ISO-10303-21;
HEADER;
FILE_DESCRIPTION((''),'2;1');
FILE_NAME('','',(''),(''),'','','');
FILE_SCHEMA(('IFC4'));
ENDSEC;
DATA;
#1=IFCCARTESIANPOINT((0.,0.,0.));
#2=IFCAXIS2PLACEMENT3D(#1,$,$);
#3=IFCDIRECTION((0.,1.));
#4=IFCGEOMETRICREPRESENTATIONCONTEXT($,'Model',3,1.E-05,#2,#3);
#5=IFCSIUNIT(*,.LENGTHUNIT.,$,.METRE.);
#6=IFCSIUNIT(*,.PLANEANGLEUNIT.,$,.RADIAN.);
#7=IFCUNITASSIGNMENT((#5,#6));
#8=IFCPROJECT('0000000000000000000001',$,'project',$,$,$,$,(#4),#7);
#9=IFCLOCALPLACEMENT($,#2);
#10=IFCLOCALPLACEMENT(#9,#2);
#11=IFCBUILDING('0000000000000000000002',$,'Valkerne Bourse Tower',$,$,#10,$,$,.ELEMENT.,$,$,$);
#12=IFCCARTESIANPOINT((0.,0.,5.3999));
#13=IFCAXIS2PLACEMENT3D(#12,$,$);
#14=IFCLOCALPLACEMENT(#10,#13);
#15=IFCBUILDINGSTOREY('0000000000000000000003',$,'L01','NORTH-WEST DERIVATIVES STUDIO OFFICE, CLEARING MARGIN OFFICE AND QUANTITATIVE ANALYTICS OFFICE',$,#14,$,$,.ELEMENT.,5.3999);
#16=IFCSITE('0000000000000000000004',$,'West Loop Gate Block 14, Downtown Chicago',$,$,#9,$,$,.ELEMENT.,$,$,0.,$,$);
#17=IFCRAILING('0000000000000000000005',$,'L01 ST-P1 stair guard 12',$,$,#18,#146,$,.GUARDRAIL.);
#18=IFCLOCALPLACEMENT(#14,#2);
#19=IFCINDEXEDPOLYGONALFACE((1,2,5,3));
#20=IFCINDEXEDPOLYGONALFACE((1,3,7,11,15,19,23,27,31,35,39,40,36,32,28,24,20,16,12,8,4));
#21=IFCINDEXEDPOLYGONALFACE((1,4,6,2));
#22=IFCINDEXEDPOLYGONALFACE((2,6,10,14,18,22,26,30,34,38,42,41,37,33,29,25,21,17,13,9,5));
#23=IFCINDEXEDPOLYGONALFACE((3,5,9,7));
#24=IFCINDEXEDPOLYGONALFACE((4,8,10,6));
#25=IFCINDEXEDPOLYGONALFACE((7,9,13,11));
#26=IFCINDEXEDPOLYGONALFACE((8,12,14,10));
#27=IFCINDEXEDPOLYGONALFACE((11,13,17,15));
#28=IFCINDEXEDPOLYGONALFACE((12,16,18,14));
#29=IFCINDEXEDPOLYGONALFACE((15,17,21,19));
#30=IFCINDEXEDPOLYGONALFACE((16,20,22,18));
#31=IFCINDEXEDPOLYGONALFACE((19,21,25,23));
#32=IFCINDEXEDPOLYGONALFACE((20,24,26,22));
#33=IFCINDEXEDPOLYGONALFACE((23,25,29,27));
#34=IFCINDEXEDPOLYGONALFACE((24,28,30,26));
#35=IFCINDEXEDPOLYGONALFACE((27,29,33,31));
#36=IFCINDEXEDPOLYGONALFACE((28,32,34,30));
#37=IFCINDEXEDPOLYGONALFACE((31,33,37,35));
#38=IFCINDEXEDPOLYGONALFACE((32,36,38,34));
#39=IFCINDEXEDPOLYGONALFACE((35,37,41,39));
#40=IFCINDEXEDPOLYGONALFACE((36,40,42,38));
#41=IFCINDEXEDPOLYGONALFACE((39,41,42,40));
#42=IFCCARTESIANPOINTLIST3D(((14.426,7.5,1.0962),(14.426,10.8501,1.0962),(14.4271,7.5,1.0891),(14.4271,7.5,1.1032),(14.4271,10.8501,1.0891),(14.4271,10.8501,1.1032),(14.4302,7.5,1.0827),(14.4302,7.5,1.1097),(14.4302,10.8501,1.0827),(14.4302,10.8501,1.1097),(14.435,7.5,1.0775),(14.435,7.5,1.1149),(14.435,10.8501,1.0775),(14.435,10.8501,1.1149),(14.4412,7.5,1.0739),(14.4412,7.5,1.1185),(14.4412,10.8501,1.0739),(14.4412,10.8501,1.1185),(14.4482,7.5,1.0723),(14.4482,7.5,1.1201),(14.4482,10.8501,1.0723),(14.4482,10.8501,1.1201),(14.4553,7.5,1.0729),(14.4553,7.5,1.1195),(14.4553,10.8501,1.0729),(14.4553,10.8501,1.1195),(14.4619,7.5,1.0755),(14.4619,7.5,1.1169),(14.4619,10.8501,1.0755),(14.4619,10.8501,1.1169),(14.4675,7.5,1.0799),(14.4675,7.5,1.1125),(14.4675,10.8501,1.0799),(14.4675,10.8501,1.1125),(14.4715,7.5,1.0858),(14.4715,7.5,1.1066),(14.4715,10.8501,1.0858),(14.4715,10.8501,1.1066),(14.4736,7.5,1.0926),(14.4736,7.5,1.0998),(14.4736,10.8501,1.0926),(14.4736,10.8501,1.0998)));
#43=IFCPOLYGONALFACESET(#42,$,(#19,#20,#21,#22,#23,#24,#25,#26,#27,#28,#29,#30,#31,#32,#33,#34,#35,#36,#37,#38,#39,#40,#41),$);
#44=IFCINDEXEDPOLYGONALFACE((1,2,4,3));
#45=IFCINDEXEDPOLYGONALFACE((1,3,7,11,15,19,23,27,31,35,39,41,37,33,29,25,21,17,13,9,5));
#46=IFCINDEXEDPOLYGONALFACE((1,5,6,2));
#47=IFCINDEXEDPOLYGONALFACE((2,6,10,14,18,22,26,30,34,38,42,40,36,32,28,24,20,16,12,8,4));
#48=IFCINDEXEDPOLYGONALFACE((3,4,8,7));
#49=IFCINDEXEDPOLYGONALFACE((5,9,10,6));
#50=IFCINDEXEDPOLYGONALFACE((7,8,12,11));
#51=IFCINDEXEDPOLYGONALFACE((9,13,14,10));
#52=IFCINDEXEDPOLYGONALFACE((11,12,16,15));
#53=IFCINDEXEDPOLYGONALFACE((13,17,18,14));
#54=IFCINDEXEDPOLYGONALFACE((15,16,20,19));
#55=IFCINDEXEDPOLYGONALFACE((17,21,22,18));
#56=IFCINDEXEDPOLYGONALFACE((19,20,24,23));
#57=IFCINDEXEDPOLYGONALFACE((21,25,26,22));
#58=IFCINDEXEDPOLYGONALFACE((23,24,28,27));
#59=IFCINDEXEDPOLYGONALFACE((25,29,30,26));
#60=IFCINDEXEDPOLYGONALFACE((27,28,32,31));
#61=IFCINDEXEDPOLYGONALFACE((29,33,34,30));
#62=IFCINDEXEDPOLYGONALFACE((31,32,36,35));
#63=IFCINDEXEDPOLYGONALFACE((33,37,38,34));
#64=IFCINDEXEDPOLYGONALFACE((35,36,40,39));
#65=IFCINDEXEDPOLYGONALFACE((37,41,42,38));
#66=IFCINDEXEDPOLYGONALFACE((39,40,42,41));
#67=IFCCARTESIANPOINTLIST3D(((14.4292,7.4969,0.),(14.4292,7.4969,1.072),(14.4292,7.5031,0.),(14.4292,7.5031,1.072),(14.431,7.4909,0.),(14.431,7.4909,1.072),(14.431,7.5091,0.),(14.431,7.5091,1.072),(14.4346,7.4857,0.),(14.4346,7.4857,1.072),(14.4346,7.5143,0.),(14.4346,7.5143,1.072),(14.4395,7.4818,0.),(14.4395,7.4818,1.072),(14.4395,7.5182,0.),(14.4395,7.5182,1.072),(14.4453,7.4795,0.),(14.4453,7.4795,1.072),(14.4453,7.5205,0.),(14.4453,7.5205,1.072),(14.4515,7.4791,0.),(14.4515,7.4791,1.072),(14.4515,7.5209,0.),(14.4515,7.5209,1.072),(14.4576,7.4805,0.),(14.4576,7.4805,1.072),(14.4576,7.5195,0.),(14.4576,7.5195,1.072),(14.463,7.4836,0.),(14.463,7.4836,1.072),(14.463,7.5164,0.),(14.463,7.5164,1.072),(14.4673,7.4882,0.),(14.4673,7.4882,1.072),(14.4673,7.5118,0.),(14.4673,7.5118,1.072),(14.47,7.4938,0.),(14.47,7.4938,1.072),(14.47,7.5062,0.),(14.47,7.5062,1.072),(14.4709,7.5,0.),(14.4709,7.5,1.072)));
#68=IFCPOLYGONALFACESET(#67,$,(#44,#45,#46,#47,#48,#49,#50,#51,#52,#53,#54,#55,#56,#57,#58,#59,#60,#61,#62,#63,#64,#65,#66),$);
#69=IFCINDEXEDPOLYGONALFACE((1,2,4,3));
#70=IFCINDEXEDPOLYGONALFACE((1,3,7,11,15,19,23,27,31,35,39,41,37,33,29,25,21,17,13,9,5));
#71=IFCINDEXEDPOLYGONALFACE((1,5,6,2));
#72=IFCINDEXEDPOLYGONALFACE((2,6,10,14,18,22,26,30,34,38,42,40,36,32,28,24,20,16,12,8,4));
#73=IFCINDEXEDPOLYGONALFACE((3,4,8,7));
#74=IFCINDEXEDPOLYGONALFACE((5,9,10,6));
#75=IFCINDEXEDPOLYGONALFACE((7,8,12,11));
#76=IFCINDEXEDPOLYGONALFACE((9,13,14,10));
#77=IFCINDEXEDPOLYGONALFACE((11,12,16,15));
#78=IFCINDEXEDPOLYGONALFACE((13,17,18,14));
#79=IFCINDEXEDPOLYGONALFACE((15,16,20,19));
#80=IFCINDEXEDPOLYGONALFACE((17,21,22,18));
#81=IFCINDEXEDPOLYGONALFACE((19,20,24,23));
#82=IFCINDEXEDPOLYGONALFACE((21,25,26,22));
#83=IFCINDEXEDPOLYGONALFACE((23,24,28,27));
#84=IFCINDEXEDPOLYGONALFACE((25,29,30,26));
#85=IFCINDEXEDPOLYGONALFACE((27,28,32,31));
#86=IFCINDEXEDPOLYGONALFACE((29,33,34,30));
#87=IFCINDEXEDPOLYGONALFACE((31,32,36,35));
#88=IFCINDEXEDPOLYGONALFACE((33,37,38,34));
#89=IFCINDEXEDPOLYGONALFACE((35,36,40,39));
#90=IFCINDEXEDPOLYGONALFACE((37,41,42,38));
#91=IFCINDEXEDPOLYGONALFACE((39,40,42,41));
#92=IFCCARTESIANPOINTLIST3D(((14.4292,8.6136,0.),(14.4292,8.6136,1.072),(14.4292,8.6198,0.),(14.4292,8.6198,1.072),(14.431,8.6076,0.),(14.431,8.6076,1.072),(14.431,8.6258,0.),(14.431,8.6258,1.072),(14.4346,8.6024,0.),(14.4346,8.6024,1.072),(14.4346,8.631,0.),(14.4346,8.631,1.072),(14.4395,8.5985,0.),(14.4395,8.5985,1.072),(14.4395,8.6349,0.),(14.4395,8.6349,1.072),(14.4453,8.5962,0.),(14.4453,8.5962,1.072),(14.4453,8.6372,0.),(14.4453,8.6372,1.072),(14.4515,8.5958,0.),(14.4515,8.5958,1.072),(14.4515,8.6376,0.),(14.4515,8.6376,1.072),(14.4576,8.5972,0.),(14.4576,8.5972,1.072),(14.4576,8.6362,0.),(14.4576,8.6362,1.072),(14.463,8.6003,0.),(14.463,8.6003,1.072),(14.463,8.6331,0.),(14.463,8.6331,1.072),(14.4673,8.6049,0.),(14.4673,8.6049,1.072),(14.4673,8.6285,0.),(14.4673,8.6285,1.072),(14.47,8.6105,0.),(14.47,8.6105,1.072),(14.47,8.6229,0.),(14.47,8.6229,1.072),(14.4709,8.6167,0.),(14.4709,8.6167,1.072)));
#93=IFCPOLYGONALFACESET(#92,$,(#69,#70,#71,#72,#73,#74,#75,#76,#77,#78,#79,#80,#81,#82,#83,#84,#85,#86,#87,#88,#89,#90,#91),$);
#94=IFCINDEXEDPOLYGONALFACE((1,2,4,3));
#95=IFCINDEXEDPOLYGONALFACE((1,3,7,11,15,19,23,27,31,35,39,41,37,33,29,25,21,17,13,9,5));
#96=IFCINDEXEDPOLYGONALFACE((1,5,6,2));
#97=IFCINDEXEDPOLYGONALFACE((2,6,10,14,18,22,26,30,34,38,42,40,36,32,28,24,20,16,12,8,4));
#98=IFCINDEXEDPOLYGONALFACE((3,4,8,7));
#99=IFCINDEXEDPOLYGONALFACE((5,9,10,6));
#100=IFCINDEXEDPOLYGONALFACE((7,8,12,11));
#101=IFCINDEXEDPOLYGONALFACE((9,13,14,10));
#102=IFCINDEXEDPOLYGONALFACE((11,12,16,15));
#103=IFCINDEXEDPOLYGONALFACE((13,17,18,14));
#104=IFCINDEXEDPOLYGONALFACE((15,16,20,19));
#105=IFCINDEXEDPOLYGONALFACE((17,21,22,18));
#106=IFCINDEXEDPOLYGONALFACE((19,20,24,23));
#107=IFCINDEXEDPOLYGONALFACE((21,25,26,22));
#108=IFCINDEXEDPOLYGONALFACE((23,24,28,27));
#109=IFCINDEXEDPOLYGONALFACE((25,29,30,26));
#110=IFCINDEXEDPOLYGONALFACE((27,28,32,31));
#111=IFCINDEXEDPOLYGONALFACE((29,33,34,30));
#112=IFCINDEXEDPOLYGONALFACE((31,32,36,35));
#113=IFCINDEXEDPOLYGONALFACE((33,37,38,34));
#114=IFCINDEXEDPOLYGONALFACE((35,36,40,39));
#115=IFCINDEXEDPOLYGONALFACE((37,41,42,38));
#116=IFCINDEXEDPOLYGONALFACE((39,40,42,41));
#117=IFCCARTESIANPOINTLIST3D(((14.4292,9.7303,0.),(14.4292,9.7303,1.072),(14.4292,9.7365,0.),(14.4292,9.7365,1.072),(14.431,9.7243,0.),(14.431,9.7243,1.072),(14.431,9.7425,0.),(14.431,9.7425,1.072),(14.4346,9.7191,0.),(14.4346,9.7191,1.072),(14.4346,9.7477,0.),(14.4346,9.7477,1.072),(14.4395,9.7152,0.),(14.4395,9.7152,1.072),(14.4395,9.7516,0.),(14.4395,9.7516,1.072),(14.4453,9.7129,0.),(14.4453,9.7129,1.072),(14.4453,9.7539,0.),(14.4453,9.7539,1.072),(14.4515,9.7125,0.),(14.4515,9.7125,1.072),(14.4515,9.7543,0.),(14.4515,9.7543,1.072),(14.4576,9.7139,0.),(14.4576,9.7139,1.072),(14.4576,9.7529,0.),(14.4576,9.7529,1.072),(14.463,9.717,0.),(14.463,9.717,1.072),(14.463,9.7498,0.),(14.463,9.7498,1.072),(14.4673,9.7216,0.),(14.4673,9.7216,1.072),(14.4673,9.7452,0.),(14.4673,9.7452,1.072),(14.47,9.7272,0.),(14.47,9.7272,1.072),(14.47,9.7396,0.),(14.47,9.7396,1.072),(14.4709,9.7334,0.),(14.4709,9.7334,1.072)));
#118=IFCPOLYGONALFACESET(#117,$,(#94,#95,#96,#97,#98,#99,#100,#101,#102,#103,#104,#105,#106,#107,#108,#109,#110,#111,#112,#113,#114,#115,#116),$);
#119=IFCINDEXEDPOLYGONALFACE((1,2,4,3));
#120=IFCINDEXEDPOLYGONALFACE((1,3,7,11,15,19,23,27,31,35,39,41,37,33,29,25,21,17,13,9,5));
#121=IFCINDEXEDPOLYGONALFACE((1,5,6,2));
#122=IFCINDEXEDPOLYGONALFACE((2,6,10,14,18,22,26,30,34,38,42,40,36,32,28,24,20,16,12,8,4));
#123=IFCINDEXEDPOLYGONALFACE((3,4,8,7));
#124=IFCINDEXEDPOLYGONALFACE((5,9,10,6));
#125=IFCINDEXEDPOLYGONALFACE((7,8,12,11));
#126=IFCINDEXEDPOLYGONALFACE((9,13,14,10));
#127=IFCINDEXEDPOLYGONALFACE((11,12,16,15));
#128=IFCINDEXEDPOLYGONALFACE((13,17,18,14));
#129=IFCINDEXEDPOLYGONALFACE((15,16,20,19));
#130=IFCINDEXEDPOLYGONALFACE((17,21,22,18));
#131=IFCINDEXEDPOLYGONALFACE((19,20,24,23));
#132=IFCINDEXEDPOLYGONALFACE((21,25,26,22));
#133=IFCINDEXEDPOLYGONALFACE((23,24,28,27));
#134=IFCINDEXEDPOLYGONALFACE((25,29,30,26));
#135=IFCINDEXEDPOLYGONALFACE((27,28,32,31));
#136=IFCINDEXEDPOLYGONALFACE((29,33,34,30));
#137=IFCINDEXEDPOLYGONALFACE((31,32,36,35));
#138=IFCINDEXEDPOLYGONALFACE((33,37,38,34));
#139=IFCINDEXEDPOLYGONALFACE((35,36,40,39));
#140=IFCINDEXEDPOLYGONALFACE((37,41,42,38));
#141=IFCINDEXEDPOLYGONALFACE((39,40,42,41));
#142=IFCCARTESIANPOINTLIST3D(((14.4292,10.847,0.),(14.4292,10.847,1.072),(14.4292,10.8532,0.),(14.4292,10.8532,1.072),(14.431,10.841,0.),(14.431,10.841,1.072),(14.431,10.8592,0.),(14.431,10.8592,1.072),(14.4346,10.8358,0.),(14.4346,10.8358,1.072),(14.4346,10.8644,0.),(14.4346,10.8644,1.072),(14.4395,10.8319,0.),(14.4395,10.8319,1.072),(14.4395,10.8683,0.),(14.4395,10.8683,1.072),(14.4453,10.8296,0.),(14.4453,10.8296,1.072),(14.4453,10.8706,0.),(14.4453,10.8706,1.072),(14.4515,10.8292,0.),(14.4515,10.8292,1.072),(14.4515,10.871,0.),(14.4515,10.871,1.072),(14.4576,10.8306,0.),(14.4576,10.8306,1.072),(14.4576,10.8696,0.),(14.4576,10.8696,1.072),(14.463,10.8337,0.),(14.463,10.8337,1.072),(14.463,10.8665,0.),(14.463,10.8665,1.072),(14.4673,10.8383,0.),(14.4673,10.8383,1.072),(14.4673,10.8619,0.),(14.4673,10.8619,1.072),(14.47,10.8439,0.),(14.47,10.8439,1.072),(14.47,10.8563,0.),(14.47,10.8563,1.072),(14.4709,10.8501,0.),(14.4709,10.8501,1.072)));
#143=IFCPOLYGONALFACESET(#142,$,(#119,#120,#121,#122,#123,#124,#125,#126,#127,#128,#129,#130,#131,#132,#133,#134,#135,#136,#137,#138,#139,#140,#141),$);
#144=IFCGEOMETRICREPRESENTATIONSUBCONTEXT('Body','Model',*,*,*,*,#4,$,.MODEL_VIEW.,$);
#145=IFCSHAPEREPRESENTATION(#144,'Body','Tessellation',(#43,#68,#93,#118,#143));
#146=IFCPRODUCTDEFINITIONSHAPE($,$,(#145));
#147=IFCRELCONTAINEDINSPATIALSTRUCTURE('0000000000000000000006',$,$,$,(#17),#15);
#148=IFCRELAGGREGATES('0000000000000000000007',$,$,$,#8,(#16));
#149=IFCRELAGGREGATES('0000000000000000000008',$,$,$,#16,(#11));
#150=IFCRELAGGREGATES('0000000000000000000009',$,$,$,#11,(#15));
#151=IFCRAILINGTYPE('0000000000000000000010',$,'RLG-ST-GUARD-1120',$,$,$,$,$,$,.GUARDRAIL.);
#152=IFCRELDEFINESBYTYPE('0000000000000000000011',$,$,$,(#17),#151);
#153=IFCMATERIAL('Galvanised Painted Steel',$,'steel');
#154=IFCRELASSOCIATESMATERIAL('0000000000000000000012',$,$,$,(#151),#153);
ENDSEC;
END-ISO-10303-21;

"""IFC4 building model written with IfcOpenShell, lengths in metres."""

from ifc_helpers import new_model, si_unit, direction, frame, origin, origin_2d, place, context, subcontext, project, spatial, circle, extrude, material, type_object, element, save


model = new_model("IFC4")

# Units and contexts
model_context = context("Model", 3, precision=1e-05, world=origin(), true_north=direction((0.0, 1.0)))
body_context = subcontext(model_context, "Body", "Model", "MODEL_VIEW")
ifc_project = project(units=[si_unit("LENGTHUNIT", "METRE"), si_unit("PLANEANGLEUNIT", "RADIAN")], contexts=[model_context])

# Site, building, storey
site_placement = place(None, origin())
site = spatial("IfcSite", under=ifc_project, at=site_placement, Name="West Loop Gate Block 14, Downtown Chicago", CompositionType="ELEMENT", RefElevation=0.0)
building_placement = place(site_placement, origin())
building = spatial("IfcBuilding", under=site, at=building_placement, Name="Valkerne Bourse Tower", CompositionType="ELEMENT")
storey_placement = place(building_placement, frame((0.0, 0.0, 5.3999)))
storey = spatial("IfcBuildingStorey", under=building, at=storey_placement, Name="L01", Description="NORTH-WEST DERIVATIVES STUDIO OFFICE, CLEARING MARGIN OFFICE AND QUANTITATIVE ANALYTICS OFFICE", CompositionType="ELEMENT", Elevation=5.3999)

# Railing
ifc_material_1 = material(Name="Galvanised Painted Steel", Category="steel")
railing_type_1 = type_object("IfcRailingType", Name="RLG-ST-GUARD-1120", PredefinedType="GUARDRAIL", material=ifc_material_1)
railing_1_placement = place(storey_placement, frame((14.45, 7.5, 0.0)))
element("IfcRailing", 1, at=railing_1_placement, inside=storey, type_object=railing_type_1, Name="L01 ST-P1 stair guard 12", PredefinedType="GUARDRAIL", context=body_context, shape_type="SweptSolid", body=[
    extrude(circle(Radius=0.0239, at=origin_2d()), frame((0.0, 0.0, 1.0962), z_axis=(0.0, 1.0, 0.0), x_axis=(-1.0, 0.0, 0.0)), (0.0, 0.0, 1.0), 3.3501),
    extrude(circle(Radius=0.021, at=origin_2d()), origin(), (0.0, 0.0, 1.0), 1.072),
    extrude(circle(Radius=0.021, at=origin_2d()), frame((0.0, 1.1167, 0.0)), (0.0, 0.0, 1.0), 1.072),
    extrude(circle(Radius=0.021, at=origin_2d()), frame((0.0, 2.2334, 0.0)), (0.0, 0.0, 1.0), 1.072),
    extrude(circle(Radius=0.021, at=origin_2d()), frame((0.0, 3.3501, 0.0)), (0.0, 0.0, 1.0), 1.072),
])

save(model, "model.ifc")
